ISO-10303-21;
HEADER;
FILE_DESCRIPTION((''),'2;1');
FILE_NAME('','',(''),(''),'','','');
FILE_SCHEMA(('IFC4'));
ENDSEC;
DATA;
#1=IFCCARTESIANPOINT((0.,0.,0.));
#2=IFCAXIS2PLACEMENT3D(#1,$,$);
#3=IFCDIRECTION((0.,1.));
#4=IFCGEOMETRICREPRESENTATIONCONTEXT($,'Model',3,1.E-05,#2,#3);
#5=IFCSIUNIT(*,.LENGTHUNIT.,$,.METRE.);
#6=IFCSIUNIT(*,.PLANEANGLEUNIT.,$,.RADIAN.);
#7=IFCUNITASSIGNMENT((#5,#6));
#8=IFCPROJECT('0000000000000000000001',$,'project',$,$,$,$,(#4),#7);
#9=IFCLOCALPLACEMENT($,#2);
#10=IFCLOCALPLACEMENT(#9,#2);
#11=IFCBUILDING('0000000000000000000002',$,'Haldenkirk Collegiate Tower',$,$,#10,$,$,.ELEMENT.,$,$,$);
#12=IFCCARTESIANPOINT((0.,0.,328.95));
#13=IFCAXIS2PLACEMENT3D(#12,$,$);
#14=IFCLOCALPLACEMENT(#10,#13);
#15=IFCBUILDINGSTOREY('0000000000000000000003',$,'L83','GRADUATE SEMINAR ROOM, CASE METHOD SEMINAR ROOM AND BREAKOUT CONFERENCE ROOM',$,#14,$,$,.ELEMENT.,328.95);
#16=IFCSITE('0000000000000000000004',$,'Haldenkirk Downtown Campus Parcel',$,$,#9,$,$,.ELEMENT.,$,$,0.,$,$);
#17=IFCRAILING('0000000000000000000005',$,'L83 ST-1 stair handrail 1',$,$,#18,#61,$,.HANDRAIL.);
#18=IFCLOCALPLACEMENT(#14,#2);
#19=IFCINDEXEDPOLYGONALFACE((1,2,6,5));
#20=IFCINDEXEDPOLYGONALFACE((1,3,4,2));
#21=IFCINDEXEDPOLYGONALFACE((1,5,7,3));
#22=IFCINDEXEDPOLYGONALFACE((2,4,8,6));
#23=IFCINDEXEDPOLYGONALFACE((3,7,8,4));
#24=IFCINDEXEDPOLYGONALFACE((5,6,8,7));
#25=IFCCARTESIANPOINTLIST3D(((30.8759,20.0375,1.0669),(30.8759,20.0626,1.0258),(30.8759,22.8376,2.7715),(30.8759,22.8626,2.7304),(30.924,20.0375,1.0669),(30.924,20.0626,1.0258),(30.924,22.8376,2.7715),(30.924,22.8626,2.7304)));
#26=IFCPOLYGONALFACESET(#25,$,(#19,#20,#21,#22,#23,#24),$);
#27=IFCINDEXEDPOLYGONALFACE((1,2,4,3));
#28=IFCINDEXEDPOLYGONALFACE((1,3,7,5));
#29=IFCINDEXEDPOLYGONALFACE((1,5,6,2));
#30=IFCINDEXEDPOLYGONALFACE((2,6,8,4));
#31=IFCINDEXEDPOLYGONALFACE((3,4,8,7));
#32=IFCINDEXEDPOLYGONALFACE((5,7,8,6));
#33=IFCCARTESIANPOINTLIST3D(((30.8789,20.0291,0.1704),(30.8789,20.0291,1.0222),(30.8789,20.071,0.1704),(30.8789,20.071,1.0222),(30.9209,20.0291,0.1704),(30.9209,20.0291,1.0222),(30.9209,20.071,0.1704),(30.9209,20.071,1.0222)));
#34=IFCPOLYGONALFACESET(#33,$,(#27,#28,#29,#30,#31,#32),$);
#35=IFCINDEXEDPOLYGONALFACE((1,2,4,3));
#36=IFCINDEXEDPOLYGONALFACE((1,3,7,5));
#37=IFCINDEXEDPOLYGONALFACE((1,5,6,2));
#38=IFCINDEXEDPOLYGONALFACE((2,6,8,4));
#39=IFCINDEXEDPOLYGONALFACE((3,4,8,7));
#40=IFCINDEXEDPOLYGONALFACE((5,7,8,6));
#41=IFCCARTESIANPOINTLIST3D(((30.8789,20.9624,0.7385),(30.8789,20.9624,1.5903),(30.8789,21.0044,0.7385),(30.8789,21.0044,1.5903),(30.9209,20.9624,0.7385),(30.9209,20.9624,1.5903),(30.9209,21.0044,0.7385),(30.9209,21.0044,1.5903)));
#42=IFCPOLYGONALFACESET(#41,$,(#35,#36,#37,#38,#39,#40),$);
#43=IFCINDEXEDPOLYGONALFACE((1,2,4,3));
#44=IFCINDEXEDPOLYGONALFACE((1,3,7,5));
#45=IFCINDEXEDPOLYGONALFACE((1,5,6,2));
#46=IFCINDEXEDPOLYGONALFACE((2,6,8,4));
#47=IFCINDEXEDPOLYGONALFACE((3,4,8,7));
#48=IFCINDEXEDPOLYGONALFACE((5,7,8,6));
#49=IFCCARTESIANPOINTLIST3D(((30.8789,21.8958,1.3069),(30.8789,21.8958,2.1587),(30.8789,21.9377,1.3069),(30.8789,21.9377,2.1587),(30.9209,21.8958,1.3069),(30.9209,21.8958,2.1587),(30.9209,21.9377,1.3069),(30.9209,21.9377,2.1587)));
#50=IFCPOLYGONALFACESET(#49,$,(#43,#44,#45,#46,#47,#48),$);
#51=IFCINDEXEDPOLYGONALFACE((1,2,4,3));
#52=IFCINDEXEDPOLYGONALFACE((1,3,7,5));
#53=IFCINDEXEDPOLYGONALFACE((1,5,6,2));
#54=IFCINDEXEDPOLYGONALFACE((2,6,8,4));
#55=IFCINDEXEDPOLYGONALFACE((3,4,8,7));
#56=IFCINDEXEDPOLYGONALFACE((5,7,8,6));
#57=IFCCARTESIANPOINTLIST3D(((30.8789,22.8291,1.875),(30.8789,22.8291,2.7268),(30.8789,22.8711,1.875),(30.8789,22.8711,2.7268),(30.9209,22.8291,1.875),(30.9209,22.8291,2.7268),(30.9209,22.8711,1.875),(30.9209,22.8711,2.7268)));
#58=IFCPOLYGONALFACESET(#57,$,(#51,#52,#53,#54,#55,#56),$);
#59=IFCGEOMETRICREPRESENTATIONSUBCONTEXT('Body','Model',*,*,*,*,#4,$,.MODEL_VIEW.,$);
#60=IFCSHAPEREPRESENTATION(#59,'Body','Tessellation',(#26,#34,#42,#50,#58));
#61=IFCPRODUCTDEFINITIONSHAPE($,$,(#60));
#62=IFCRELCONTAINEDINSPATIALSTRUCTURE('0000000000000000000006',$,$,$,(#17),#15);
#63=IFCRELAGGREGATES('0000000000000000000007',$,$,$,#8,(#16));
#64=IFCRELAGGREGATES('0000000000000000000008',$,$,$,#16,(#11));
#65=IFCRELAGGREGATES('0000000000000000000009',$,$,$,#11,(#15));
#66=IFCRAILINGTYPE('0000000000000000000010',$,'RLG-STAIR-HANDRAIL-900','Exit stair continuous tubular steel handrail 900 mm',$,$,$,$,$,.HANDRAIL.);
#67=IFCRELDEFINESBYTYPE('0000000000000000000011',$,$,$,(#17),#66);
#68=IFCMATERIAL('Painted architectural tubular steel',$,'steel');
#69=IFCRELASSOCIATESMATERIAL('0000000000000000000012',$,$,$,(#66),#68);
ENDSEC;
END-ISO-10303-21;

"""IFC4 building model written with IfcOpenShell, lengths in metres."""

from ifc_helpers import new_model, si_unit, direction, frame, origin, origin_2d, place, context, subcontext, project, spatial, rectangle, extrude, material, type_object, element, save


model = new_model("IFC4")

# Units and contexts
model_context = context("Model", 3, precision=1e-05, world=origin(), true_north=direction((0.0, 1.0)))
body_context = subcontext(model_context, "Body", "Model", "MODEL_VIEW")
ifc_project = project(units=[si_unit("LENGTHUNIT", "METRE"), si_unit("PLANEANGLEUNIT", "RADIAN")], contexts=[model_context])

# Site, building, storey
site_placement = place(None, origin())
site = spatial("IfcSite", under=ifc_project, at=site_placement, Name="Haldenkirk Downtown Campus Parcel", CompositionType="ELEMENT", RefElevation=0.0)
building_placement = place(site_placement, origin())
building = spatial("IfcBuilding", under=site, at=building_placement, Name="Haldenkirk Collegiate Tower", CompositionType="ELEMENT")
storey_placement = place(building_placement, frame((0.0, 0.0, 328.95)))
storey = spatial("IfcBuildingStorey", under=building, at=storey_placement, Name="L83", Description="GRADUATE SEMINAR ROOM, CASE METHOD SEMINAR ROOM AND BREAKOUT CONFERENCE ROOM", CompositionType="ELEMENT", Elevation=328.95)

# Railing
ifc_material_1 = material(Name="Painted architectural tubular steel", Category="steel")
railing_type_1 = type_object("IfcRailingType", Name="RLG-STAIR-HANDRAIL-900", Description="Exit stair continuous tubular steel handrail 900 mm", PredefinedType="HANDRAIL", material=ifc_material_1)
railing_1_placement = place(storey_placement, frame((30.8999, 20.05, 0.1704)))
element("IfcRailing", 1, at=railing_1_placement, inside=storey, type_object=railing_type_1, Name="L83 ST-1 stair handrail 1", PredefinedType="HANDRAIL", context=body_context, shape_type="SweptSolid", body=[
    extrude(rectangle(XDim=0.0481, YDim=0.0481, at=origin_2d()), frame((0.0, 0.0, 0.876), z_axis=(0.0, 0.85417, 0.519994), x_axis=(-1.0, 0.0, 0.0)), (0.0, 0.0, 1.0), 3.2781),
    extrude(rectangle(XDim=0.042, YDim=0.042, at=origin_2d()), origin(), (0.0, 0.0, 1.0), 0.8518),
    extrude(rectangle(XDim=0.042, YDim=0.042, at=origin_2d()), frame((0.0, 0.9333, 0.5681)), (0.0, 0.0, 1.0), 0.8518),
    extrude(rectangle(XDim=0.042, YDim=0.042, at=origin_2d()), frame((0.0, 1.8667, 1.1365)), (0.0, 0.0, 1.0), 0.8518),
    extrude(rectangle(XDim=0.042, YDim=0.042, at=origin_2d()), frame((0.0, 2.8, 1.7046)), (0.0, 0.0, 1.0), 0.8518),
])

save(model, "model.ifc")
